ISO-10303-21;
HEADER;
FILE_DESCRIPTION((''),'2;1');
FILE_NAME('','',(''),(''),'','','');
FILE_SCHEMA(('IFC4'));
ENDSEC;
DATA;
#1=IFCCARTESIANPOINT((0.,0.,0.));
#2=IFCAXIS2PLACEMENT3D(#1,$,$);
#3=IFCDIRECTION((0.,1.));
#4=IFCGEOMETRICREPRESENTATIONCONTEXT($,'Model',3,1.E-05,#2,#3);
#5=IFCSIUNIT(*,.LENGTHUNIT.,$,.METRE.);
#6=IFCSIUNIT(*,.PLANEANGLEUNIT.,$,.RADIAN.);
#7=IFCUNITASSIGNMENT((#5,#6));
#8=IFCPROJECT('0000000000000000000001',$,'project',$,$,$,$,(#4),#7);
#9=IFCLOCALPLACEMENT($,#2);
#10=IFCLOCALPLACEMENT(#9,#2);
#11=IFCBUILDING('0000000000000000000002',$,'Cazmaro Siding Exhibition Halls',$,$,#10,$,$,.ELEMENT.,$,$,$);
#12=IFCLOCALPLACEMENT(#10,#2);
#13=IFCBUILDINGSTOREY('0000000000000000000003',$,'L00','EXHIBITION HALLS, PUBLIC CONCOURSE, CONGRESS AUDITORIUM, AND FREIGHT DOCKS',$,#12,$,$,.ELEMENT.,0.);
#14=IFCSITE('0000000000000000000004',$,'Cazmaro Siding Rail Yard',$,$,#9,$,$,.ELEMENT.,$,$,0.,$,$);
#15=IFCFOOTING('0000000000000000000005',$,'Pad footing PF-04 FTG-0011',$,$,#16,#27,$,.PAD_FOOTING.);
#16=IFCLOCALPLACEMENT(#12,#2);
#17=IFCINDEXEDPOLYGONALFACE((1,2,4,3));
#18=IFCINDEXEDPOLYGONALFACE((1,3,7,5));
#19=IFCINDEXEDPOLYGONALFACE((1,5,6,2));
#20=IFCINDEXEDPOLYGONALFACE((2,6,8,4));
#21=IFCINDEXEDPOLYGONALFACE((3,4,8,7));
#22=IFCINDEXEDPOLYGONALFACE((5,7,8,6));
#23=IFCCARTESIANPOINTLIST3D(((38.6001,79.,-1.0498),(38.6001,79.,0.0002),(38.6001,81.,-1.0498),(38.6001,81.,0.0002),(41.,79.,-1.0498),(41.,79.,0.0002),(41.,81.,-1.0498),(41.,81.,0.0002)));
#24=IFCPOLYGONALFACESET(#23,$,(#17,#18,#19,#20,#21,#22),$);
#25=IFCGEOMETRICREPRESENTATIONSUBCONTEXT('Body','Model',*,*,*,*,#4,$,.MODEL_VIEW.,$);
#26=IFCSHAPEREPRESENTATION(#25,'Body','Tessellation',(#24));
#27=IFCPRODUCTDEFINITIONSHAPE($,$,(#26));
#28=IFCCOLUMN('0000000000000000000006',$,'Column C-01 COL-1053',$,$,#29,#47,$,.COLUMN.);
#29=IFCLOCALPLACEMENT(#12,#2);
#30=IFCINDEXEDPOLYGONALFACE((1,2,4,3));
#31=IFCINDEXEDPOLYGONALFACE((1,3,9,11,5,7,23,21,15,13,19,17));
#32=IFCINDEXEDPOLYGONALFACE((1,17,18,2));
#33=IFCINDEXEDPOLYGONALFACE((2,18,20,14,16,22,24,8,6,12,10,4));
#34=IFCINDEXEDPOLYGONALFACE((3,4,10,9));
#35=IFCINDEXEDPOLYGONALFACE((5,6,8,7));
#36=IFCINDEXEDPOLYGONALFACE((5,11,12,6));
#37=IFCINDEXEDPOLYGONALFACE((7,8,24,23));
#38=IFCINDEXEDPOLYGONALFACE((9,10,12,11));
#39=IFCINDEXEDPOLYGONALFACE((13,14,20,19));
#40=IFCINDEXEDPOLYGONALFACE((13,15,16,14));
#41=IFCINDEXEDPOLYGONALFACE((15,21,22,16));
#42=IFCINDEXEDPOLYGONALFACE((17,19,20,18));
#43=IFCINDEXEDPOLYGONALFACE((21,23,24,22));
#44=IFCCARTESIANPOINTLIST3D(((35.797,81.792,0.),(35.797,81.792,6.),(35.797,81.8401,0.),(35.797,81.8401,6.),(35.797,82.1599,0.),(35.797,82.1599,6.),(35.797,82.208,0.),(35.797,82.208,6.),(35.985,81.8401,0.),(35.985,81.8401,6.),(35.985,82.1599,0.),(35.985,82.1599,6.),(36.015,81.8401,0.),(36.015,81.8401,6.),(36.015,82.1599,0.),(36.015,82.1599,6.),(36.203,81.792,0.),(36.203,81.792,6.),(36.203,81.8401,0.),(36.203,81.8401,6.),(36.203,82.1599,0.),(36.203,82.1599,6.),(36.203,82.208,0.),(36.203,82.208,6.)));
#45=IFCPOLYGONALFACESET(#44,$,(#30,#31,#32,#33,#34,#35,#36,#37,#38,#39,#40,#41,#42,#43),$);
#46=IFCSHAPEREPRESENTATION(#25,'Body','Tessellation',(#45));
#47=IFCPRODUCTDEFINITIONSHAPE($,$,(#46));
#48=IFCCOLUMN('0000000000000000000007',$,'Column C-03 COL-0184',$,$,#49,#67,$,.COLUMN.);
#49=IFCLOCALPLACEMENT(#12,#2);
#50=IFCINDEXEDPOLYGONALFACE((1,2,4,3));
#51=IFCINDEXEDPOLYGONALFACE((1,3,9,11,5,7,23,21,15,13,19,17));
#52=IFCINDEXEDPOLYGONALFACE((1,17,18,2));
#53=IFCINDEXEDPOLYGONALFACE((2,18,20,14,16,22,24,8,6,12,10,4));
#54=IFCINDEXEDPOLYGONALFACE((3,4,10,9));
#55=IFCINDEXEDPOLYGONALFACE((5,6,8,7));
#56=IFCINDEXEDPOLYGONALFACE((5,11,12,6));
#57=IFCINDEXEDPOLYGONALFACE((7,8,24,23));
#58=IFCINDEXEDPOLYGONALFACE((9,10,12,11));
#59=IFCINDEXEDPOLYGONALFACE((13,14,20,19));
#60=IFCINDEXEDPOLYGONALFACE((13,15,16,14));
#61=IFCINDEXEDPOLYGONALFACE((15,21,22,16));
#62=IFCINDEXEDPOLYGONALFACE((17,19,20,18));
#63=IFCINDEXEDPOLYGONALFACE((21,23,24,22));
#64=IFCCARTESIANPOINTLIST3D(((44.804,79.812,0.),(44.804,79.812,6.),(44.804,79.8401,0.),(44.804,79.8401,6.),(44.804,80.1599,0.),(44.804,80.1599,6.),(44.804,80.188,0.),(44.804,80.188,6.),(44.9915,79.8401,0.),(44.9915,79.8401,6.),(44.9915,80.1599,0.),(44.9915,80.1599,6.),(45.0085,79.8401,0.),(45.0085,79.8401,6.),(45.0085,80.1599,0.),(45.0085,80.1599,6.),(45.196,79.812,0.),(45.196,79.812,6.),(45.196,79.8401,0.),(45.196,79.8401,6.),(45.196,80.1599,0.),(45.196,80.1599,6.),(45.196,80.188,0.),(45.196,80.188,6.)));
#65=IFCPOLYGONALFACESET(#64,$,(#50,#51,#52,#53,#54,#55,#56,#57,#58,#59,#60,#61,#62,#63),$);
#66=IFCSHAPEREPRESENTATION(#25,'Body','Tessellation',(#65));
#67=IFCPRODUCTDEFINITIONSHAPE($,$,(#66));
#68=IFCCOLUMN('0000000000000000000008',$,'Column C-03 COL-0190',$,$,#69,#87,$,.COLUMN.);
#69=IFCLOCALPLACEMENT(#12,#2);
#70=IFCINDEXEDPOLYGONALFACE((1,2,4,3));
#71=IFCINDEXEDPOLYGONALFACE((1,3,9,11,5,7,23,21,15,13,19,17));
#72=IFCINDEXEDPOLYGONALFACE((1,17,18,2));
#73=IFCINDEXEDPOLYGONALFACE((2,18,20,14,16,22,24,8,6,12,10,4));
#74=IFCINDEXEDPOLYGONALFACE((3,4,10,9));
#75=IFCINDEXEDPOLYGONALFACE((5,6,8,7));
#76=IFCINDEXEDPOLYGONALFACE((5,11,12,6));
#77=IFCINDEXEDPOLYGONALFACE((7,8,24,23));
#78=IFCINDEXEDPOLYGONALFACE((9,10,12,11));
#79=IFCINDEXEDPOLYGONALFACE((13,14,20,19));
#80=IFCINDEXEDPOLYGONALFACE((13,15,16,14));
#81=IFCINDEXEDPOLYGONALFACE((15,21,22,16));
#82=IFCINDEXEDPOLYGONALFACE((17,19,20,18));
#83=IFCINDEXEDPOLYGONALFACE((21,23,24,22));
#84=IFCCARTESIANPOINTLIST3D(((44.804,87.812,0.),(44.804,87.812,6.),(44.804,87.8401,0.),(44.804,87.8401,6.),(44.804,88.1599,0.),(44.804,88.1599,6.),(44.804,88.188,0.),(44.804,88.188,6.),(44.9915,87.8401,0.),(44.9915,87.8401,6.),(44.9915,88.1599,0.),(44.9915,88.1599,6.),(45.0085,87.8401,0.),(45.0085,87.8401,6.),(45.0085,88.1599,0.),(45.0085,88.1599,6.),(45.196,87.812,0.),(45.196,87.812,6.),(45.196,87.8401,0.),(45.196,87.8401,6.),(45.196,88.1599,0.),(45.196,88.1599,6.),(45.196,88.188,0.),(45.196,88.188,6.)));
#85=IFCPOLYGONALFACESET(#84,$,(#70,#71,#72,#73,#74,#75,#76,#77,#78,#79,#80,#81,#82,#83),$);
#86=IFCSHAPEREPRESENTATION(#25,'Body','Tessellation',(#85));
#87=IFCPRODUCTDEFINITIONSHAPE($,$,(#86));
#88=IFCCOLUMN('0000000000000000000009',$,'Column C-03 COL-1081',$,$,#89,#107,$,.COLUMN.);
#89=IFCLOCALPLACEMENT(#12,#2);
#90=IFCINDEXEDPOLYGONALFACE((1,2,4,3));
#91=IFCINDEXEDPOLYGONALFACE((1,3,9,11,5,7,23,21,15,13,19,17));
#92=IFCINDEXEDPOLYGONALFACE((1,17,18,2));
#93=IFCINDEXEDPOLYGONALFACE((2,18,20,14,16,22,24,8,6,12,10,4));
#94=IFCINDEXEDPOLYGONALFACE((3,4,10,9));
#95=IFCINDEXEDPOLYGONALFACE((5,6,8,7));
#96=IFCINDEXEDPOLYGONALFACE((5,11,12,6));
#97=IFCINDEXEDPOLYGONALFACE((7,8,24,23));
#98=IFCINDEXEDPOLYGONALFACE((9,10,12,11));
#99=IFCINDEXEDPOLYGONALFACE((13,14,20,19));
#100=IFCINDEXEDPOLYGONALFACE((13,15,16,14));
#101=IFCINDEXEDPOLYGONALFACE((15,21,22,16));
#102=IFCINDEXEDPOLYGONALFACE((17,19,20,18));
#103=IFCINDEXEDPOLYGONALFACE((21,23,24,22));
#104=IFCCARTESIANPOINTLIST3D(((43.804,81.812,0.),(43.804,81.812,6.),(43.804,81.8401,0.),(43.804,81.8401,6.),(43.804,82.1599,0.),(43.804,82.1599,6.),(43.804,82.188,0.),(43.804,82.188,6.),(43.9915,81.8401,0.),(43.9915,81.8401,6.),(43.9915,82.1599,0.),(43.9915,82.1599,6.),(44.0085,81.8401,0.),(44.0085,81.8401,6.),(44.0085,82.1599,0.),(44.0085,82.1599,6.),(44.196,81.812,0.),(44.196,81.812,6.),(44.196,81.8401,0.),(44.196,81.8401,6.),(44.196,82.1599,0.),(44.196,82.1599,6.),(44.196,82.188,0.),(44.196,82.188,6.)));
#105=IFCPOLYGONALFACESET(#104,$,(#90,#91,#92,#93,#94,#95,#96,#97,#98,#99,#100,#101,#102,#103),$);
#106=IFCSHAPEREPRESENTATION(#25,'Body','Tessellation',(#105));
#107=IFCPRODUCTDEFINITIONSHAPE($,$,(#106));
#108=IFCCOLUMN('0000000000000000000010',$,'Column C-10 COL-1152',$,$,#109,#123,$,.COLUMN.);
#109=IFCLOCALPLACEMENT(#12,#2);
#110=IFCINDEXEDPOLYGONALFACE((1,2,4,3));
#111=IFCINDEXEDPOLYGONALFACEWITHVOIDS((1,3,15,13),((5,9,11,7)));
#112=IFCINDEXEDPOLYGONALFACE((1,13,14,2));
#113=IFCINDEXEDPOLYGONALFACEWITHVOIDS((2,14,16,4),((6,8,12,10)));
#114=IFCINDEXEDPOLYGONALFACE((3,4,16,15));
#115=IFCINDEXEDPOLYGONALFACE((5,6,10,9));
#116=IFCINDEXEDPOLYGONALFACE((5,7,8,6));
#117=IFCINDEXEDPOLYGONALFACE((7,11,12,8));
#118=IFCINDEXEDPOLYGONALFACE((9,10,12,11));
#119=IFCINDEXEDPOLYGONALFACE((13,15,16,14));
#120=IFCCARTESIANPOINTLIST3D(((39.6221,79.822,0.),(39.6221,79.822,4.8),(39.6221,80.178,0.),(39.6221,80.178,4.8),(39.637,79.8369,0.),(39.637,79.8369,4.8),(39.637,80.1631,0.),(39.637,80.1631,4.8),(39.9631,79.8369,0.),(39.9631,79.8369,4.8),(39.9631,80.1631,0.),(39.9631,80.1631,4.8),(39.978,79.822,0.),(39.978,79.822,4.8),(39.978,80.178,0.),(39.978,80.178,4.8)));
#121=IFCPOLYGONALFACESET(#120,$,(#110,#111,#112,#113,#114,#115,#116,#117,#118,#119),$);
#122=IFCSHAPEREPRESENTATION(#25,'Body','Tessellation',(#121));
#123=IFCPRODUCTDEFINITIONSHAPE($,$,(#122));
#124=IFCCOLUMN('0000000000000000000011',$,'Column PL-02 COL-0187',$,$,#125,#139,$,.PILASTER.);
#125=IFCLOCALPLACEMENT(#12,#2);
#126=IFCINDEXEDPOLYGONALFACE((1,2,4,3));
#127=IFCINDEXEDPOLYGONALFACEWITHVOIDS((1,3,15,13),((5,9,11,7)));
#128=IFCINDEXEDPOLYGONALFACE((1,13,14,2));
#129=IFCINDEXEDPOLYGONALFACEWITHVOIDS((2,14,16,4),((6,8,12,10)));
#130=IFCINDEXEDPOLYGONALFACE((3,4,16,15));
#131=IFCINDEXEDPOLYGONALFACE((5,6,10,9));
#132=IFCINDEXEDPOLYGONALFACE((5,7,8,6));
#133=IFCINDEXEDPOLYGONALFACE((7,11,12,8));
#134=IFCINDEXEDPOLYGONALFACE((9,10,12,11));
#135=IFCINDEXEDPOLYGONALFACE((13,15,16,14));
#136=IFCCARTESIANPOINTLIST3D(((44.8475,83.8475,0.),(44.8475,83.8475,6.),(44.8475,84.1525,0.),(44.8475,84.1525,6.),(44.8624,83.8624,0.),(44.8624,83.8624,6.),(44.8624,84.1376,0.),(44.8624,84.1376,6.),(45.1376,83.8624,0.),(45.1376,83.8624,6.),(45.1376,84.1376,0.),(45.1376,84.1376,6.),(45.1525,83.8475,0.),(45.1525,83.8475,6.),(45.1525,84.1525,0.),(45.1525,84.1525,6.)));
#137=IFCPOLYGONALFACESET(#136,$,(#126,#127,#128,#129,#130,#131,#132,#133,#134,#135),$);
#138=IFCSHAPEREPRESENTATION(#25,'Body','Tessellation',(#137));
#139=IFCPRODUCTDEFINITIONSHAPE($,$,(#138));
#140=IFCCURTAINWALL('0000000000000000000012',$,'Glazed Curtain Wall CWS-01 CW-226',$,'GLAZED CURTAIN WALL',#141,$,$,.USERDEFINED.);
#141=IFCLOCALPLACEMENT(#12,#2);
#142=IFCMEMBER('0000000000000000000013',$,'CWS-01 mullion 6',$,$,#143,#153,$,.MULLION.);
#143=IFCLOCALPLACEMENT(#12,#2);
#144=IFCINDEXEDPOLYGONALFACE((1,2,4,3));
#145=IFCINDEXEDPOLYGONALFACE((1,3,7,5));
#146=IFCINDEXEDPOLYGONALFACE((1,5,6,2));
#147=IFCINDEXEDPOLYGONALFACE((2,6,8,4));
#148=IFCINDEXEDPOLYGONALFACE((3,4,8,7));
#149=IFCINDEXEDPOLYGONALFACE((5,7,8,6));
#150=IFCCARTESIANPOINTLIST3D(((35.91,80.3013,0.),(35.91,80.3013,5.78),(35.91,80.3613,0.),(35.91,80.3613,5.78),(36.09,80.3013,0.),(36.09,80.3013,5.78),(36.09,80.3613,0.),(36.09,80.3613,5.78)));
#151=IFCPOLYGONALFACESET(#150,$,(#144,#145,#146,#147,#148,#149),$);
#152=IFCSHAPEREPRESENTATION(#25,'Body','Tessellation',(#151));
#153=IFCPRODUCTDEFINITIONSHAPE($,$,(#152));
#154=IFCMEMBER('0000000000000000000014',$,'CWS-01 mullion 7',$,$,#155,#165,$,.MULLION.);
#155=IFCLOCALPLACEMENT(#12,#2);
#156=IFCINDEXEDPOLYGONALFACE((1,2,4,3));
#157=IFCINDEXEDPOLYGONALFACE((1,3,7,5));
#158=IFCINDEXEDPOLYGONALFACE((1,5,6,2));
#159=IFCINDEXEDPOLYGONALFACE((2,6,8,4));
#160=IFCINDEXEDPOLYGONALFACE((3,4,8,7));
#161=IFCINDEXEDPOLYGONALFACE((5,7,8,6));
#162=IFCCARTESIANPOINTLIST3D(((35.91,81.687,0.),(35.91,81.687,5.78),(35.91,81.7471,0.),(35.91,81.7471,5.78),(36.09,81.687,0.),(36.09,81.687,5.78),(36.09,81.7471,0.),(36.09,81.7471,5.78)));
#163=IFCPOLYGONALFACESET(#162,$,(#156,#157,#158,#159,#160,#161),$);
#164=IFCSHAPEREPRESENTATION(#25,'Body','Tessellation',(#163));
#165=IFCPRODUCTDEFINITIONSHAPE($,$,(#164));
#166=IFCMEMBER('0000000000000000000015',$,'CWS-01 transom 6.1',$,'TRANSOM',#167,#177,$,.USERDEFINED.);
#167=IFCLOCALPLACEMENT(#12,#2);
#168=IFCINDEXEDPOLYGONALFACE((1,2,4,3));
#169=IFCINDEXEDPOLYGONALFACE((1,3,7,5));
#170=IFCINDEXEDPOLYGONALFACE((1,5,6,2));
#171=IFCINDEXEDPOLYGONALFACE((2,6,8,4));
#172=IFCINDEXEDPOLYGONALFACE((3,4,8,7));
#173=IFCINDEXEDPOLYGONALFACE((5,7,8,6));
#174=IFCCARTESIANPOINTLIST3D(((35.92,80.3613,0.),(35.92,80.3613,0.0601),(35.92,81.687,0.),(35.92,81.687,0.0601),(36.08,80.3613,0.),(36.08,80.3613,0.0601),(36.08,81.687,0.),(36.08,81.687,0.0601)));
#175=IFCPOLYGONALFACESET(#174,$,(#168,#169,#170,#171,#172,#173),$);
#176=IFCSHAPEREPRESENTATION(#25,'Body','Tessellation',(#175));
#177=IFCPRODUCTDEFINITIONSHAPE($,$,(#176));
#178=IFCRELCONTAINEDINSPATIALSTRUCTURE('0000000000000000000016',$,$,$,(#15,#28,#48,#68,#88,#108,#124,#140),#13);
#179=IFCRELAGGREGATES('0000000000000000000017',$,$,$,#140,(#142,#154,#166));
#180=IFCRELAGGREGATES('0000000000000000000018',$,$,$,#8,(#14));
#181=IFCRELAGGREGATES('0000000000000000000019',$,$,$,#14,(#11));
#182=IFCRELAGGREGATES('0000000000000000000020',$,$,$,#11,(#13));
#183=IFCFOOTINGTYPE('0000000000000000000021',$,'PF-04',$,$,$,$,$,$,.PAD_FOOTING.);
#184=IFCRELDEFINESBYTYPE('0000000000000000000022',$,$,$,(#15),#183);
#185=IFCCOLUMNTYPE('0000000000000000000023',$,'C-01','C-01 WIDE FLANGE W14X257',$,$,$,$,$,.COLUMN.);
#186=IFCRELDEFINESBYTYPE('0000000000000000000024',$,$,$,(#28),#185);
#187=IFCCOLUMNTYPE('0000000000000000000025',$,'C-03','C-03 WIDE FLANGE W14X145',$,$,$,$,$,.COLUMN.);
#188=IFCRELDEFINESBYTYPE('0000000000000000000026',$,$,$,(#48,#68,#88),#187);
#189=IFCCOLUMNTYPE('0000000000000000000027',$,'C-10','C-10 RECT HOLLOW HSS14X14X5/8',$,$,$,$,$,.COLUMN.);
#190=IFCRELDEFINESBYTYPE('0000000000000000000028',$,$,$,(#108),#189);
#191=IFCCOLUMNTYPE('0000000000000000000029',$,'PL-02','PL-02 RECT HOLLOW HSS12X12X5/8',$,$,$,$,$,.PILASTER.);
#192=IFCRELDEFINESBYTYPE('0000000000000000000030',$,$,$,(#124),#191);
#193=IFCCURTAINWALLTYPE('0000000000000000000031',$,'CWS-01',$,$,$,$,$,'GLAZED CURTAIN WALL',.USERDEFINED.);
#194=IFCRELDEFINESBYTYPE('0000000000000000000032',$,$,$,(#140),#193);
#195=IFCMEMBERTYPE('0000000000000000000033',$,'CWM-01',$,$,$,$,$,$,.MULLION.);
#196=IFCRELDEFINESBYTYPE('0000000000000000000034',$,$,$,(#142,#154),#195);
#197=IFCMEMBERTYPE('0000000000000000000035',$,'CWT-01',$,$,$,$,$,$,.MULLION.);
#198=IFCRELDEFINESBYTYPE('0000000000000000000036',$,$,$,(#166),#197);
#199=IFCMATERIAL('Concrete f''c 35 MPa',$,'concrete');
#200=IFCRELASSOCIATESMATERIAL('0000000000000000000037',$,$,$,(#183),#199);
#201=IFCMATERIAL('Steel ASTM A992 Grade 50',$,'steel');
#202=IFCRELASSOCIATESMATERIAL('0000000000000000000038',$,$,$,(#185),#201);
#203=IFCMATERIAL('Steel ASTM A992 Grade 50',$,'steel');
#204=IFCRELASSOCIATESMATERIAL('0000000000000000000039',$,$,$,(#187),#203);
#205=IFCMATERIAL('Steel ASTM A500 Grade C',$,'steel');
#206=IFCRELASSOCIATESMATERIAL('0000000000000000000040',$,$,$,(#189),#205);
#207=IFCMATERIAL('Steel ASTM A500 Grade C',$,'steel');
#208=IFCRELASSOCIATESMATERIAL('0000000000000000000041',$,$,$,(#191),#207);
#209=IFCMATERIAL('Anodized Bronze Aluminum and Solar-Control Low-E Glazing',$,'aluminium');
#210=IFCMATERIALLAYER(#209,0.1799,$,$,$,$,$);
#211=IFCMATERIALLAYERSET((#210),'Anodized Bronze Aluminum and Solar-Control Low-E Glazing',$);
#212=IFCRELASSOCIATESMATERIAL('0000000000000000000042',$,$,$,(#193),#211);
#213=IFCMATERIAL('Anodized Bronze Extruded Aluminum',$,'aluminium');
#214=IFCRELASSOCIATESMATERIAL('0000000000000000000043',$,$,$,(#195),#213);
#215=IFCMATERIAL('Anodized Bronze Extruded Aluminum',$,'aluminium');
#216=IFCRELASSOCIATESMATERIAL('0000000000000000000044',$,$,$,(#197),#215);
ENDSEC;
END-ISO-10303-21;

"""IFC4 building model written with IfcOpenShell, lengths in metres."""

from ifc_helpers import new_model, si_unit, direction, frame, origin, origin_2d, place, context, subcontext, project, spatial, rectangle, hollow_rectangle, i_section, extrude, material, layer, layer_set, material_profile, profile_set, type_object, element, aggregate, save


model = new_model("IFC4")

# Units and contexts
model_context = context("Model", 3, precision=1e-05, world=origin(), true_north=direction((0.0, 1.0)))
body_context = subcontext(model_context, "Body", "Model", "MODEL_VIEW")
ifc_project = project(units=[si_unit("LENGTHUNIT", "METRE"), si_unit("PLANEANGLEUNIT", "RADIAN")], contexts=[model_context])

# Site, building, storey
site_placement = place(None, origin())
site = spatial("IfcSite", under=ifc_project, at=site_placement, Name="Cazmaro Siding Rail Yard", CompositionType="ELEMENT", RefElevation=0.0)
building_placement = place(site_placement, origin())
building = spatial("IfcBuilding", under=site, at=building_placement, Name="Cazmaro Siding Exhibition Halls", CompositionType="ELEMENT")
storey_placement = place(building_placement, origin())
storey = spatial("IfcBuildingStorey", under=building, at=storey_placement, Name="L00", Description="EXHIBITION HALLS, PUBLIC CONCOURSE, CONGRESS AUDITORIUM, AND FREIGHT DOCKS", CompositionType="ELEMENT", Elevation=0.0)

# Footing
ifc_material_1 = material(Name="Concrete f'c 35 MPa", Category="concrete")
footing_type_1 = type_object("IfcFootingType", Name="PF-04", PredefinedType="PAD_FOOTING", material=ifc_material_1)
footing_1_placement = place(storey_placement, frame((39.8, 80.0, -1.0498), z_axis=(0.0, 0.0, 1.0), x_axis=(1.0, 0.0, 0.0)))
element("IfcFooting", 1, at=footing_1_placement, inside=storey, type_object=footing_type_1, Name="Pad footing PF-04 FTG-0011", PredefinedType="PAD_FOOTING", context=body_context, shape_type="SweptSolid", body=[
    extrude(rectangle(XDim=2.3999, YDim=2.0, at=origin_2d()), origin(), (0.0, 0.0, 1.0), 1.05),
])

# Columns
ifc_material_2 = material(Name="Steel ASTM A992 Grade 50", Category="steel")
ifc_material_profile_1 = material_profile(ifc_material_2, i_section(OverallWidth=0.406, OverallDepth=0.416, WebThickness=0.03, FlangeThickness=0.0481, at=origin_2d()), Name="W14X257")
ifc_profile_set_1 = profile_set([ifc_material_profile_1], Name="Steel ASTM A992 Grade 50")
column_type_1 = type_object("IfcColumnType", Name="C-01", Description="C-01 WIDE FLANGE W14X257", PredefinedType="COLUMN", material=ifc_profile_set_1)
column_1_placement = place(storey_placement, frame((36.0, 82.0, 0.0), z_axis=(0.0, 0.0, 1.0), x_axis=(1.0, 0.0, 0.0)))
element("IfcColumn", 2, at=column_1_placement, inside=storey, type_object=column_type_1, Name="Column C-01 COL-1053", PredefinedType="COLUMN", context=body_context, shape_type="SweptSolid", body=[
    extrude(i_section(OverallWidth=0.406, OverallDepth=0.416, WebThickness=0.03, FlangeThickness=0.0481, at=origin_2d()), origin(), (0.0, 0.0, 1.0), 6.0),
])
ifc_material_3 = material(Name="Steel ASTM A992 Grade 50", Category="steel")
ifc_material_profile_2 = material_profile(ifc_material_3, i_section(OverallWidth=0.3921, OverallDepth=0.376, WebThickness=0.0171, FlangeThickness=0.0281, at=origin_2d()), Name="W14X145")
ifc_profile_set_2 = profile_set([ifc_material_profile_2], Name="Steel ASTM A992 Grade 50")
column_type_2 = type_object("IfcColumnType", Name="C-03", Description="C-03 WIDE FLANGE W14X145", PredefinedType="COLUMN", material=ifc_profile_set_2)
for number, where, z_axis, x_axis, name in (
    (3, (45.0, 80.0, 0.0), (0.0, 0.0, 1.0), (1.0, 0.0, 0.0), "Column C-03 COL-0184"),
    (4, (45.0, 88.0, 0.0), (0.0, 0.0, 1.0), (1.0, 0.0, 0.0), "Column C-03 COL-0190"),
    (5, (44.0, 82.0, 0.0), (0.0, 0.0, 1.0), (1.0, 0.0, 0.0), "Column C-03 COL-1081"),
):
    element("IfcColumn", number, at=place(storey_placement, frame(where, z_axis=z_axis, x_axis=x_axis)), inside=storey, type_object=column_type_2, Name=name, PredefinedType="COLUMN", context=body_context, shape_type="SweptSolid", body=[
        extrude(i_section(OverallWidth=0.3921, OverallDepth=0.376, WebThickness=0.0171, FlangeThickness=0.0281, at=origin_2d()), origin(), (0.0, 0.0, 1.0), 6.0),
    ])
ifc_material_4 = material(Name="Steel ASTM A500 Grade C", Category="steel")
ifc_material_profile_3 = material_profile(ifc_material_4, hollow_rectangle(XDim=0.356, YDim=0.356, WallThickness=0.0149, at=origin_2d()), Name="HSS14X14X5/8")
ifc_profile_set_3 = profile_set([ifc_material_profile_3], Name="Steel ASTM A500 Grade C")
column_type_3 = type_object("IfcColumnType", Name="C-10", Description="C-10 RECT HOLLOW HSS14X14X5/8", PredefinedType="COLUMN", material=ifc_profile_set_3)
column_2_placement = place(storey_placement, frame((39.8, 80.0, 0.0), z_axis=(0.0, 0.0, 1.0), x_axis=(1.0, 0.0, 0.0)))
element("IfcColumn", 6, at=column_2_placement, inside=storey, type_object=column_type_3, Name="Column C-10 COL-1152", PredefinedType="COLUMN", context=body_context, shape_type="SweptSolid", body=[
    extrude(hollow_rectangle(XDim=0.356, YDim=0.356, WallThickness=0.0149, at=origin_2d()), origin(), (0.0, 0.0, 1.0), 4.8),
])
ifc_material_5 = material(Name="Steel ASTM A500 Grade C", Category="steel")
ifc_material_profile_4 = material_profile(ifc_material_5, hollow_rectangle(XDim=0.3049, YDim=0.3049, WallThickness=0.0149, at=origin_2d()), Name="HSS12X12X5/8")
ifc_profile_set_4 = profile_set([ifc_material_profile_4], Name="Steel ASTM A500 Grade C")
column_type_4 = type_object("IfcColumnType", Name="PL-02", Description="PL-02 RECT HOLLOW HSS12X12X5/8", PredefinedType="PILASTER", material=ifc_profile_set_4)
column_3_placement = place(storey_placement, frame((45.0, 84.0, 0.0), z_axis=(0.0, 0.0, 1.0), x_axis=(1.0, 0.0, 0.0)))
element("IfcColumn", 7, at=column_3_placement, inside=storey, type_object=column_type_4, Name="Column PL-02 COL-0187", PredefinedType="PILASTER", context=body_context, shape_type="SweptSolid", body=[
    extrude(hollow_rectangle(XDim=0.3049, YDim=0.3049, WallThickness=0.0149, at=origin_2d()), origin(), (0.0, 0.0, 1.0), 6.0),
])

# Curtain wall, members
ifc_material_6 = material(Name="Anodized Bronze Aluminum and Solar-Control Low-E Glazing", Category="aluminium")
ifc_layer_1 = layer(ifc_material_6, 0.1799)
ifc_layer_set_1 = layer_set([ifc_layer_1], Name="Anodized Bronze Aluminum and Solar-Control Low-E Glazing")
curtain_wall_type = type_object("IfcCurtainWallType", Name="CWS-01", ElementType="GLAZED CURTAIN WALL", PredefinedType="USERDEFINED", material=ifc_layer_set_1)
curtain_wall_placement = place(storey_placement, origin())
curtain_wall = element("IfcCurtainWall", 8, at=curtain_wall_placement, inside=storey, type_object=curtain_wall_type, Name="Glazed Curtain Wall CWS-01 CW-226", ObjectType="GLAZED CURTAIN WALL", PredefinedType="USERDEFINED")
ifc_material_7 = material(Name="Anodized Bronze Extruded Aluminum", Category="aluminium")
ifc_material_profile_5 = material_profile(ifc_material_7, rectangle(XDim=0.1799, YDim=0.0601, at=origin_2d()), Name="CWM-01")
ifc_profile_set_5 = profile_set([ifc_material_profile_5], Name="Anodized Bronze Extruded Aluminum")
member_type_1 = type_object("IfcMemberType", Name="CWM-01", PredefinedType="MULLION", material=ifc_profile_set_5)
member_1_placement = place(storey_placement, frame((36.0, 80.3313, 0.0), z_axis=(0.0, 0.0, 1.0), x_axis=(-1.0, 0.0, 0.0)))
member_1 = element("IfcMember", 9, at=member_1_placement, type_object=member_type_1, Name="CWS-01 mullion 6", PredefinedType="MULLION", context=body_context, shape_type="SweptSolid", body=[
    extrude(rectangle(XDim=0.1799, YDim=0.0601, at=origin_2d()), origin(), (0.0, 0.0, 1.0), 5.78),
])
member_2_placement = place(storey_placement, frame((36.0, 81.717, 0.0), z_axis=(0.0, 0.0, 1.0), x_axis=(-1.0, 0.0, 0.0)))
member_2 = element("IfcMember", 10, at=member_2_placement, type_object=member_type_1, Name="CWS-01 mullion 7", PredefinedType="MULLION", context=body_context, shape_type="SweptSolid", body=[
    extrude(rectangle(XDim=0.1799, YDim=0.0601, at=origin_2d()), origin(), (0.0, 0.0, 1.0), 5.78),
])
ifc_material_8 = material(Name="Anodized Bronze Extruded Aluminum", Category="aluminium")
ifc_material_profile_6 = material_profile(ifc_material_8, rectangle(XDim=0.1599, YDim=0.0601, at=origin_2d()), Name="CWT-01")
ifc_profile_set_6 = profile_set([ifc_material_profile_6], Name="Anodized Bronze Extruded Aluminum")
member_type_2 = type_object("IfcMemberType", Name="CWT-01", PredefinedType="MULLION", material=ifc_profile_set_6)
member_3_placement = place(storey_placement, frame((36.0, 80.3613, 0.03), z_axis=(0.0, 1.0, 0.0), x_axis=(-1.0, 0.0, 0.0)))
member_3 = element("IfcMember", 11, at=member_3_placement, type_object=member_type_2, Name="CWS-01 transom 6.1", ObjectType="TRANSOM", PredefinedType="USERDEFINED", context=body_context, shape_type="SweptSolid", body=[
    extrude(rectangle(XDim=0.1599, YDim=0.0601, at=origin_2d()), origin(), (0.0, 0.0, 1.0), 1.3257),
])

aggregate(curtain_wall, [member_1, member_2, member_3])

save(model, "model.ifc")
